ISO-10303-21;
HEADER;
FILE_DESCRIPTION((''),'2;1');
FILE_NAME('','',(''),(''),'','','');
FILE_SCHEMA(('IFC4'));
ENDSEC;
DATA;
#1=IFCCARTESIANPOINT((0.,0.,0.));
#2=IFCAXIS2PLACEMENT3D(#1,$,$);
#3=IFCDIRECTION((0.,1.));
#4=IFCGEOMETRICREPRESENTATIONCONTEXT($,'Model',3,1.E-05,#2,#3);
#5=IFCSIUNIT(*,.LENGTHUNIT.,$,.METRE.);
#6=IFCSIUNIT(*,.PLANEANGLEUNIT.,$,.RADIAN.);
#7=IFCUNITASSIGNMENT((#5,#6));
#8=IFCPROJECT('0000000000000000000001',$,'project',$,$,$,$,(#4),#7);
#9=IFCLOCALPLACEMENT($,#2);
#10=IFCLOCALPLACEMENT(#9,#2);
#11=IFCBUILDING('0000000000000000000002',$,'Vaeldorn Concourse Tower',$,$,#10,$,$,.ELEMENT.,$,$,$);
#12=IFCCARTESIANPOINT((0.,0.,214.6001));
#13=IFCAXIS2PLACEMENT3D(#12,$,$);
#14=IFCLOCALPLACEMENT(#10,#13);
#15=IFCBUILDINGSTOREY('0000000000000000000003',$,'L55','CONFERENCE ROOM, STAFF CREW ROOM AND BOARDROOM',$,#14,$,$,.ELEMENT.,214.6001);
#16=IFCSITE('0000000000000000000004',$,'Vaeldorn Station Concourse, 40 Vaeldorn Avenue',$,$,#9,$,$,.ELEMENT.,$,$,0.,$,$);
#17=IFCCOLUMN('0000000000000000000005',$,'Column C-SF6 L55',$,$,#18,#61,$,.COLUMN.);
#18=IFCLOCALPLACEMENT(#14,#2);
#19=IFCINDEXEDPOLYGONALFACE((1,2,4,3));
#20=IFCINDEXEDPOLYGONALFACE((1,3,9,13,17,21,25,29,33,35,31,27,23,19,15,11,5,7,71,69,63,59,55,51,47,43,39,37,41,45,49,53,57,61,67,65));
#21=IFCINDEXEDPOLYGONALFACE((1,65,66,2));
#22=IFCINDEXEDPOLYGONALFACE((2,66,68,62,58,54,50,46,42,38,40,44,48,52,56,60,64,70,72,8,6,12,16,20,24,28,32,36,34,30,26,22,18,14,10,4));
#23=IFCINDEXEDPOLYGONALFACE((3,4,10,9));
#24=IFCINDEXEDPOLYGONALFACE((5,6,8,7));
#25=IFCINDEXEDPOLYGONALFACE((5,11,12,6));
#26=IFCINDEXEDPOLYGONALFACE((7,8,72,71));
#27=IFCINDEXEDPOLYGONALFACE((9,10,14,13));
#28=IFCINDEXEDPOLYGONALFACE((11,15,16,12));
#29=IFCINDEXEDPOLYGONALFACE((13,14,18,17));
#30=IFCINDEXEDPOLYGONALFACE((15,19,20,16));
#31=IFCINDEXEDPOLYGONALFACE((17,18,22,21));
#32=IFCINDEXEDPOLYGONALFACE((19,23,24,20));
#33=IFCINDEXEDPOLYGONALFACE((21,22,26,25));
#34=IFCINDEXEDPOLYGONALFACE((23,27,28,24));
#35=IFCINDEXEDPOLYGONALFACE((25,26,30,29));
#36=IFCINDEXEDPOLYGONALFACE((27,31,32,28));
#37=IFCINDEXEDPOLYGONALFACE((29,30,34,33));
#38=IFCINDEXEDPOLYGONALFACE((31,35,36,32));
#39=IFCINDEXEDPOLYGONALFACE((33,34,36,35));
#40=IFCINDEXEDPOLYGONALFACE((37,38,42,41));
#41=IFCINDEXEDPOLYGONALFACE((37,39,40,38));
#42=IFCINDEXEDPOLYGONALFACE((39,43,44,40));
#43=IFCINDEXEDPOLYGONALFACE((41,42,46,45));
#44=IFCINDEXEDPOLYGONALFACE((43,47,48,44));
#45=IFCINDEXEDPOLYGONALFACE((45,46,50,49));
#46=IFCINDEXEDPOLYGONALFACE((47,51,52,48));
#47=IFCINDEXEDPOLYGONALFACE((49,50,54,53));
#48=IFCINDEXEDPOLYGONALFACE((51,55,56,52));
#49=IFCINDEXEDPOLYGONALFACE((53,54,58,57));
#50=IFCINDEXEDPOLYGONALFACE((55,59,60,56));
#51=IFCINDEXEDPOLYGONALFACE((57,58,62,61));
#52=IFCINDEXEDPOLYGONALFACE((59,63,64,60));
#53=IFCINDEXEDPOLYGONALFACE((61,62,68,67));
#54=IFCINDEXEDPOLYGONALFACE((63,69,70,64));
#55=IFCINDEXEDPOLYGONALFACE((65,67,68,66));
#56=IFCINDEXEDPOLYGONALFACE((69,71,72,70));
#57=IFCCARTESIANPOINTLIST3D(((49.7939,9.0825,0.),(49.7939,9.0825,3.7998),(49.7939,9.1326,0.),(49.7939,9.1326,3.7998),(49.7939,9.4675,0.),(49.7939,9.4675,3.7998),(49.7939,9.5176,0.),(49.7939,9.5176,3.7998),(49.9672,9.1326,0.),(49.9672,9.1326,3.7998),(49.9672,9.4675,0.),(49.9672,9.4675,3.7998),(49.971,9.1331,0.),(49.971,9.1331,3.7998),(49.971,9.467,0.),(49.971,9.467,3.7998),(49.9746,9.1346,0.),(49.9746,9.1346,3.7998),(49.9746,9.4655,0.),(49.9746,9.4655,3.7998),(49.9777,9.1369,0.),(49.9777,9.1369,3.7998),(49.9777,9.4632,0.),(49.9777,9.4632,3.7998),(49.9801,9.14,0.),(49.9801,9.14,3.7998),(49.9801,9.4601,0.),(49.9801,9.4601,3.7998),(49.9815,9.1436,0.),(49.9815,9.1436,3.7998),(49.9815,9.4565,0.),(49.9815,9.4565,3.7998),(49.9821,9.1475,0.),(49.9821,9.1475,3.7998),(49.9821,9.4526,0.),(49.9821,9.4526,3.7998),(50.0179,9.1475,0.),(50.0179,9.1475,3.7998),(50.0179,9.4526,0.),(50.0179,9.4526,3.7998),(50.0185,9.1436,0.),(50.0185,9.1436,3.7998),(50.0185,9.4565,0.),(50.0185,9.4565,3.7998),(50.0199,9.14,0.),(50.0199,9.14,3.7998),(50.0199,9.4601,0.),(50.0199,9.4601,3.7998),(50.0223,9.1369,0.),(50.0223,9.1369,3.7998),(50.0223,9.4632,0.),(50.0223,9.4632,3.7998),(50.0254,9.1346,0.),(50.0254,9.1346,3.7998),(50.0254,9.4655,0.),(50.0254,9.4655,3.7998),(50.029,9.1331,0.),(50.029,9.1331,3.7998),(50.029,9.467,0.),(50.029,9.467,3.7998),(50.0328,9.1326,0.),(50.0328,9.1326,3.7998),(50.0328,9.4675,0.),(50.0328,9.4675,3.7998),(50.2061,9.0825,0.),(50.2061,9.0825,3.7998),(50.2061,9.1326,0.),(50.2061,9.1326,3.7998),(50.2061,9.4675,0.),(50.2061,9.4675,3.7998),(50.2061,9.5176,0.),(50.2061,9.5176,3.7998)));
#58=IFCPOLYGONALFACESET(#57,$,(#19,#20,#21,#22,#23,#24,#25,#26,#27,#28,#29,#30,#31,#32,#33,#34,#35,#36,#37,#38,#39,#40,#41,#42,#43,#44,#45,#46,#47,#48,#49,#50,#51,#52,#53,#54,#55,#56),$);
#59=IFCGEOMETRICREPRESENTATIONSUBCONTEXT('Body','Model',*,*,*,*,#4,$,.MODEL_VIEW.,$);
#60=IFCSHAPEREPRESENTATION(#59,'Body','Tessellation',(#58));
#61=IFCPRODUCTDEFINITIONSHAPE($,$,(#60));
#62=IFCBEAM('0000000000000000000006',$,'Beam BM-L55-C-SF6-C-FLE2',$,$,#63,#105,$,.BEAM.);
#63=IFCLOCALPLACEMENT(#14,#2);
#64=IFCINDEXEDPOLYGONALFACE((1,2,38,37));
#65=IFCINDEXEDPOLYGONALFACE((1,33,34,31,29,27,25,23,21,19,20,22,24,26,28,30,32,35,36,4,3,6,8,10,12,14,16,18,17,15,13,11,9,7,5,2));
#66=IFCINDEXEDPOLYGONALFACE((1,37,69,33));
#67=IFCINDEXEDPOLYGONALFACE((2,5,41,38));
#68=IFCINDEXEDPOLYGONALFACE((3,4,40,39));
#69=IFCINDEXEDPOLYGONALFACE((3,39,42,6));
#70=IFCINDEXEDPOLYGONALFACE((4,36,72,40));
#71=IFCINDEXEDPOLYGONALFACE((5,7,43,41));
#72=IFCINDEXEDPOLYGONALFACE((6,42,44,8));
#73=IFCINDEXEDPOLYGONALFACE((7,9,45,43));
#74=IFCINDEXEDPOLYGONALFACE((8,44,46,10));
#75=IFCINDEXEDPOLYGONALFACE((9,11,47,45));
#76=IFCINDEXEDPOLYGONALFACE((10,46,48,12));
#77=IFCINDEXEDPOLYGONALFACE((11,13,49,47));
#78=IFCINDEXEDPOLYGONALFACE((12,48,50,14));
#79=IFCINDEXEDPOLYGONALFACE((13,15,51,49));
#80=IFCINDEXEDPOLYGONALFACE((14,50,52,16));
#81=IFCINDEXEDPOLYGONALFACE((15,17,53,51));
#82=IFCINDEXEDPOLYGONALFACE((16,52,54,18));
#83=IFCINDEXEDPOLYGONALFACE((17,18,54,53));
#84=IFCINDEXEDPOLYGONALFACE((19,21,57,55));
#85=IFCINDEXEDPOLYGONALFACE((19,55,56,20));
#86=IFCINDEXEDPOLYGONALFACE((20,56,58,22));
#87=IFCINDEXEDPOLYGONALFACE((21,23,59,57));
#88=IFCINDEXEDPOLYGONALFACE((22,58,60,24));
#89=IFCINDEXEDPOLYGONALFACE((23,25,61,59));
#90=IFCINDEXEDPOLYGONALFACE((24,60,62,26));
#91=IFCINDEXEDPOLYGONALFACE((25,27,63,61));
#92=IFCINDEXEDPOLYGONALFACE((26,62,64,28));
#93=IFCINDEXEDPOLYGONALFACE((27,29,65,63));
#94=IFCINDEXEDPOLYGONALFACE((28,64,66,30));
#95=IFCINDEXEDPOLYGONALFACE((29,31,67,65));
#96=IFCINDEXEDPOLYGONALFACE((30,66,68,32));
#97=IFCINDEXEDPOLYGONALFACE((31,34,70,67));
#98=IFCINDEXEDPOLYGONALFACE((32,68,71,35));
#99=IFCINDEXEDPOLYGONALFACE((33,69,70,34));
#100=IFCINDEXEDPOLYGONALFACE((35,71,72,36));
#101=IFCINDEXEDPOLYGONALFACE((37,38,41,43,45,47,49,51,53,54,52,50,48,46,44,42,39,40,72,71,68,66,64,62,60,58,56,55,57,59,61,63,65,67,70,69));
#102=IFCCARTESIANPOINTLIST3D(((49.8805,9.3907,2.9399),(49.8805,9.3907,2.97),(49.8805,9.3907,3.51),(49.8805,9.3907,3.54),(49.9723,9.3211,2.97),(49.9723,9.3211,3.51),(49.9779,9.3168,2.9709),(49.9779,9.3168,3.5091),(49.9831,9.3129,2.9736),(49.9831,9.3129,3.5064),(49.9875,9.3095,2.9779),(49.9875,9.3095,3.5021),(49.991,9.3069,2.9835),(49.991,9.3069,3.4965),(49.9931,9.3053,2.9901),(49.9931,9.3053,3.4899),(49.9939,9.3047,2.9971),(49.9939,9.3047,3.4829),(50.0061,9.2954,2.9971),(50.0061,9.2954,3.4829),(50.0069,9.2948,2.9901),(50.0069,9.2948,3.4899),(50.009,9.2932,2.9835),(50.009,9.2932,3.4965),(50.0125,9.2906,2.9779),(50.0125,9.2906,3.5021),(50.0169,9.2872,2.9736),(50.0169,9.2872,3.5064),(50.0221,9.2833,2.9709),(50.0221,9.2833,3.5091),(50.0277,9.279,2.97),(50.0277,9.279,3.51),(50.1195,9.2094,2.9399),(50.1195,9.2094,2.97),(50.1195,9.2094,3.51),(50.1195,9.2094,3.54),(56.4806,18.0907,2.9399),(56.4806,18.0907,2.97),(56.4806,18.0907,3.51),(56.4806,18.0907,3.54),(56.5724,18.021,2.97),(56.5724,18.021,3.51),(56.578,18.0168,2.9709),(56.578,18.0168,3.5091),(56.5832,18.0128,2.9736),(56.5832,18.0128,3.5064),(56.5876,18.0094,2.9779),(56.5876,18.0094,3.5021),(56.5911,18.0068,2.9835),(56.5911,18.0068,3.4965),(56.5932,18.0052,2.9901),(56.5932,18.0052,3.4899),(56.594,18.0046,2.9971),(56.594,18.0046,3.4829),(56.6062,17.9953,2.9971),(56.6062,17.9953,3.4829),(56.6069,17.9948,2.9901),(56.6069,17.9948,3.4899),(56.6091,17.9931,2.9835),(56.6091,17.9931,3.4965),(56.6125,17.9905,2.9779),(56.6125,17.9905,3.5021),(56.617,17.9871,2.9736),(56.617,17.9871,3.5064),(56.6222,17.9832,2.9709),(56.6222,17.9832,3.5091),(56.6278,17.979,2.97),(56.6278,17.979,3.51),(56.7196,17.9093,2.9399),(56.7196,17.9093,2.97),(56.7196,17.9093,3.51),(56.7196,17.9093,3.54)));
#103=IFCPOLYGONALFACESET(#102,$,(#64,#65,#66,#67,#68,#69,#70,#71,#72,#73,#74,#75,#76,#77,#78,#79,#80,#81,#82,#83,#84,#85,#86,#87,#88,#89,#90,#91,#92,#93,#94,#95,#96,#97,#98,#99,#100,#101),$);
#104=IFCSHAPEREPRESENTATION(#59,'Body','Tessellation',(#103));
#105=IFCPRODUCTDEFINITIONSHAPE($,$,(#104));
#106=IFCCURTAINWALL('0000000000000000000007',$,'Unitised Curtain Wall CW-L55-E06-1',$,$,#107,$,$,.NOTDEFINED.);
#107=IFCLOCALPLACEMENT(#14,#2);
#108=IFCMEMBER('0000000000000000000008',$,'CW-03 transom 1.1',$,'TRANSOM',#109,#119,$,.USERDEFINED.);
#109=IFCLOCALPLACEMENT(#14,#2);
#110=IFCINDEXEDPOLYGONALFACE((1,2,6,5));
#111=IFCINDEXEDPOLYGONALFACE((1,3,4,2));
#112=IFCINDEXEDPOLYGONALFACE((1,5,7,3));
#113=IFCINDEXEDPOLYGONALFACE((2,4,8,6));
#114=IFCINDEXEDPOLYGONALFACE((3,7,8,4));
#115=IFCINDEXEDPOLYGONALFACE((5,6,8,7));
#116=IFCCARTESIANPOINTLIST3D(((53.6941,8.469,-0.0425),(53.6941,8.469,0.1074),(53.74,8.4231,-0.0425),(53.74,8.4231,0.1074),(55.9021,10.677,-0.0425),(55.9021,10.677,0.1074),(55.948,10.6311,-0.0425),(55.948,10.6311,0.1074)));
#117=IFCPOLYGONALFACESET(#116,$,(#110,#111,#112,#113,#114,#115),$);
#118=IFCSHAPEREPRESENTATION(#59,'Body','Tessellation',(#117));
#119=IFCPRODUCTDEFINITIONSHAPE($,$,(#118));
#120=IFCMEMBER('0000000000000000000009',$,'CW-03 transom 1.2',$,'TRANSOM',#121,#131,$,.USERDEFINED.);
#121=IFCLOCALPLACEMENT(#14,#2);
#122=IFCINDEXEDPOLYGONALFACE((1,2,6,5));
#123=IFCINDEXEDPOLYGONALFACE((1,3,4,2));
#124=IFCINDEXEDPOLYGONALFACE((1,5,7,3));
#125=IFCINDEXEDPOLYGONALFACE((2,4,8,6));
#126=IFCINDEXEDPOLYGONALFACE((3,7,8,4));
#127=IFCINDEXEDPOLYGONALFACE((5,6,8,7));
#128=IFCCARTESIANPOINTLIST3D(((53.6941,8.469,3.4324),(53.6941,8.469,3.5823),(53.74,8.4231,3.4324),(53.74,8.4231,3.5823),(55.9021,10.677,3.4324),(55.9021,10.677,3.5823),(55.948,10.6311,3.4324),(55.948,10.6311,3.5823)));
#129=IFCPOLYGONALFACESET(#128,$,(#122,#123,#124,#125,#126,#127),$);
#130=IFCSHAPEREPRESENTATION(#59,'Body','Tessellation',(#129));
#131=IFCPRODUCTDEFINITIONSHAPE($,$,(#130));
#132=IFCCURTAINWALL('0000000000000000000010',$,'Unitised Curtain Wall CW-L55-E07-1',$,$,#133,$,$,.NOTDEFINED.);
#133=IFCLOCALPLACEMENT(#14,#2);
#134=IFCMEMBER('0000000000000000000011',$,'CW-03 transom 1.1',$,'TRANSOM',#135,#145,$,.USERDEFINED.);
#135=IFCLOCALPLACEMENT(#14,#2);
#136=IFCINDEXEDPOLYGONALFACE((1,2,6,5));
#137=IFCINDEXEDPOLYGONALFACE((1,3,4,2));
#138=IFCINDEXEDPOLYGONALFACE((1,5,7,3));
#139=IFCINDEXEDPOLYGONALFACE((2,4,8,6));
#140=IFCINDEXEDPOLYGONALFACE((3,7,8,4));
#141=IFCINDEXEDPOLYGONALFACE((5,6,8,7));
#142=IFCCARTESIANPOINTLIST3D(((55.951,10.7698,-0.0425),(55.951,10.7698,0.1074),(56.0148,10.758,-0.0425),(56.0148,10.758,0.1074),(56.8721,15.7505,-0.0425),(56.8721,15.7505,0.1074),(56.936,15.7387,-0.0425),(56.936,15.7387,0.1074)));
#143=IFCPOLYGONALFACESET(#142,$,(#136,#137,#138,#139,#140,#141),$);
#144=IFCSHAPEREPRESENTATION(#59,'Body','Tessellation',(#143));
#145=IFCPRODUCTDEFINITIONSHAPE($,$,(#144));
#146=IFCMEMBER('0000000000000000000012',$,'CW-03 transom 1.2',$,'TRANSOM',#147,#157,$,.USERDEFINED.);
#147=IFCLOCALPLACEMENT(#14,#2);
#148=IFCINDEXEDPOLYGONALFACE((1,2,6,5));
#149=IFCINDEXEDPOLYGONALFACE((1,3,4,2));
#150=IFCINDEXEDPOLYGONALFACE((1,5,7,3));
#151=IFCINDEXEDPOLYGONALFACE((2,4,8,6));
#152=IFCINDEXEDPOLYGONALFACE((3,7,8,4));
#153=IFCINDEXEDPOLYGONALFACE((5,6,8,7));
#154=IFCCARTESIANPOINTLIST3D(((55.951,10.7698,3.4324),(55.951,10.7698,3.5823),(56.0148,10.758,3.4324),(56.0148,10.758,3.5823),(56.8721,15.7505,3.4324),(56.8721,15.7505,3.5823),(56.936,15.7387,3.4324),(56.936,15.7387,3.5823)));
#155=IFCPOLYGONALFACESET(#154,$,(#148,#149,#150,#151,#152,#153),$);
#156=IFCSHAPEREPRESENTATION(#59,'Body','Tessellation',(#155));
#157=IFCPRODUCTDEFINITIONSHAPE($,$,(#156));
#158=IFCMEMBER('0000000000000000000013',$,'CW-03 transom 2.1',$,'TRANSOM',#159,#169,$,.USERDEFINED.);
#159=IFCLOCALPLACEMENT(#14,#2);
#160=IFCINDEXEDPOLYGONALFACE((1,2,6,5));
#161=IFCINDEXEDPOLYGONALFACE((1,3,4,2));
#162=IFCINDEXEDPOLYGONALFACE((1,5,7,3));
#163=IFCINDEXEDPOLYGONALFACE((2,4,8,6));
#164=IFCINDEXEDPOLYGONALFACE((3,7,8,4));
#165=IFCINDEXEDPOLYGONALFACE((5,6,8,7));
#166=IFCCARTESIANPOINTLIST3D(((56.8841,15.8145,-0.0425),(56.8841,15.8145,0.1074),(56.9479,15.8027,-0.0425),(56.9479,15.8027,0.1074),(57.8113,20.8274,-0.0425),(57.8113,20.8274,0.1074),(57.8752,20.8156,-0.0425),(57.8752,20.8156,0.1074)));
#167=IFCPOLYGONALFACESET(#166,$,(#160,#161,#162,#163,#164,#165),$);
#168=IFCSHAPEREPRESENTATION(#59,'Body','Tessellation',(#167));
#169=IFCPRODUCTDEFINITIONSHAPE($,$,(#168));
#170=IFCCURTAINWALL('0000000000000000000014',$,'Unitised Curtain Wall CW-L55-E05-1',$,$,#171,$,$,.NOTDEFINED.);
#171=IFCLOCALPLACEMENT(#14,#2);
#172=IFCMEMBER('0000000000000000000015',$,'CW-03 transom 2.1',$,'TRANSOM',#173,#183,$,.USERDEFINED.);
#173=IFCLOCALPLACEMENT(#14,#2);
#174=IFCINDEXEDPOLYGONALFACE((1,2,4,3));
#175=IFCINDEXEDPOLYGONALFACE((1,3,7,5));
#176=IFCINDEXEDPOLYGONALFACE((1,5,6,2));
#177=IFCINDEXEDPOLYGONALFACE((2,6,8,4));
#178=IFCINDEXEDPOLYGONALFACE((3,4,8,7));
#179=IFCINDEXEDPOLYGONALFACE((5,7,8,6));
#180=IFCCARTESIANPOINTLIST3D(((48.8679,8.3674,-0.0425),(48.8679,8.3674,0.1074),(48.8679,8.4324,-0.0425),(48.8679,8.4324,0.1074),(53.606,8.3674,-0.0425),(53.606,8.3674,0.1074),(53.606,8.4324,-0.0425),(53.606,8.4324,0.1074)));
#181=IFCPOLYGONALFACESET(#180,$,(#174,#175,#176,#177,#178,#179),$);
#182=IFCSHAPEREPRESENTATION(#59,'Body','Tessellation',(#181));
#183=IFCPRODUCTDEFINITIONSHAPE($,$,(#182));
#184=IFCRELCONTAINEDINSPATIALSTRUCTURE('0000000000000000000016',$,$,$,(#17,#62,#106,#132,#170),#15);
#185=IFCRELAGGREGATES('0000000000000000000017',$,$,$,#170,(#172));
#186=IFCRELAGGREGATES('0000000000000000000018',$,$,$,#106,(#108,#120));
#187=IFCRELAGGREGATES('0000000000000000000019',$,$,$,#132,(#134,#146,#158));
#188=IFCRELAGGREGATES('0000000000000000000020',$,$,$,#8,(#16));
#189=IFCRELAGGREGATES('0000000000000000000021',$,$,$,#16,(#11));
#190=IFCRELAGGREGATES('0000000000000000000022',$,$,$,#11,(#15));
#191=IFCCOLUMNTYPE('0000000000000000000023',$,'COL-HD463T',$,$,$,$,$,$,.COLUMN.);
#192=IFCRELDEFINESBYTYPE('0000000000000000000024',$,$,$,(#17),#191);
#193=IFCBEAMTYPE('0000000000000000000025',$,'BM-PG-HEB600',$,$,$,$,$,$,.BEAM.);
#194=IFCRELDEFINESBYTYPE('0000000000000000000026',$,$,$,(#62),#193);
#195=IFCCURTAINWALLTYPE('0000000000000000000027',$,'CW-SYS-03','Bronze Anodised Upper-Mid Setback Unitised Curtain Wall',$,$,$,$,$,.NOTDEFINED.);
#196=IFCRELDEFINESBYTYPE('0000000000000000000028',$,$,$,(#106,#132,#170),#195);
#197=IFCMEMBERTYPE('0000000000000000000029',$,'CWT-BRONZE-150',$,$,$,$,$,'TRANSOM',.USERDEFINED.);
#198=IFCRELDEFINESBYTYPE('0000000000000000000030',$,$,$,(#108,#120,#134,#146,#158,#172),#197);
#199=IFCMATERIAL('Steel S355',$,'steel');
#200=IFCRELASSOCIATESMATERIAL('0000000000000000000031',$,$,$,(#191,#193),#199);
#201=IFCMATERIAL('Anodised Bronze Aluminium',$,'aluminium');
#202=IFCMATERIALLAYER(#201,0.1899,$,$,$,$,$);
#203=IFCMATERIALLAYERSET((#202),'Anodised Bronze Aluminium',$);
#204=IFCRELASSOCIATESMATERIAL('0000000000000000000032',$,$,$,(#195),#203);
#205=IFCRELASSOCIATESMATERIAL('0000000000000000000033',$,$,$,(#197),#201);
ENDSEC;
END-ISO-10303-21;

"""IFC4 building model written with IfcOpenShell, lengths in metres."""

from ifc_helpers import new_model, si_unit, direction, frame, origin, origin_2d, place, context, subcontext, project, spatial, rectangle, i_section, extrude, source, transform, mapped, material, layer, layer_set, material_profile, profile_set, type_object, element, aggregate, save


model = new_model("IFC4")

# Units and contexts
model_context = context("Model", 3, precision=1e-05, world=origin(), true_north=direction((0.0, 1.0)))
body_context = subcontext(model_context, "Body", "Model", "MODEL_VIEW")
ifc_project = project(units=[si_unit("LENGTHUNIT", "METRE"), si_unit("PLANEANGLEUNIT", "RADIAN")], contexts=[model_context])

# Site, building, storey
site_placement = place(None, origin())
site = spatial("IfcSite", under=ifc_project, at=site_placement, Name="Vaeldorn Station Concourse, 40 Vaeldorn Avenue", CompositionType="ELEMENT", RefElevation=0.0)
building_placement = place(site_placement, origin())
building = spatial("IfcBuilding", under=site, at=building_placement, Name="Vaeldorn Concourse Tower", CompositionType="ELEMENT")
storey_placement = place(building_placement, frame((0.0, 0.0, 214.6001)))
storey = spatial("IfcBuildingStorey", under=building, at=storey_placement, Name="L55", Description="CONFERENCE ROOM, STAFF CREW ROOM AND BOARDROOM", CompositionType="ELEMENT", Elevation=214.6001)

# Column
ifc_material_1 = material(Name="Steel S355", Category="steel")
ifc_material_profile_1 = material_profile(ifc_material_1, i_section(OverallWidth=0.4121, OverallDepth=0.4351, WebThickness=0.0359, FlangeThickness=0.05, FilletRadius=0.0149, at=origin_2d()), Name="HD 400x463")
ifc_profile_set_1 = profile_set([ifc_material_profile_1], Name="Steel S355")
column_type = type_object("IfcColumnType", Name="COL-HD463T", PredefinedType="COLUMN", material=ifc_profile_set_1)
shared_shape_1 = source(origin(), body_context, "Body", "SweptSolid", [
    extrude(i_section(OverallWidth=0.4121, OverallDepth=0.4351, WebThickness=0.0359, FlangeThickness=0.05, FilletRadius=0.0149, at=origin_2d()), origin(), (0.0, 0.0, 1.0), 3.7998),
])
column_placement = place(storey_placement, frame((50.0, 9.3, 0.0), z_axis=(0.0, 0.0, 1.0), x_axis=(1.0, 0.0, 0.0)))
element("IfcColumn", 1, at=column_placement, inside=storey, type_object=column_type, Name="Column C-SF6 L55", PredefinedType="COLUMN", context=body_context, shape_type="MappedRepresentation", body=[
    mapped(shared_shape_1, transform((0.0, 0.0, 0.0), scale=1.0)),
])

# Beam
ifc_material_profile_2 = material_profile(ifc_material_1, i_section(OverallWidth=0.3, OverallDepth=0.6001, WebThickness=0.0154, FlangeThickness=0.03, FilletRadius=0.0271, at=origin_2d()), Name="HEB 600")
ifc_profile_set_2 = profile_set([ifc_material_profile_2], Name="Steel S355")
beam_type = type_object("IfcBeamType", Name="BM-PG-HEB600", PredefinedType="BEAM", material=ifc_profile_set_2)
shared_shape_2 = source(origin(), body_context, "Body", "SweptSolid", [
    extrude(i_section(OverallWidth=0.3, OverallDepth=0.6001, WebThickness=0.0154, FlangeThickness=0.03, FilletRadius=0.0271, at=origin_2d()), origin(), (0.0, 0.0, 1.0), 10.9202),
])
beam_placement = place(storey_placement, frame((50.0, 9.3, 3.24), z_axis=(0.604394, 0.796685, 0.0), x_axis=(-0.796685, 0.604394, 0.0)))
element("IfcBeam", 2, at=beam_placement, inside=storey, type_object=beam_type, Name="Beam BM-L55-C-SF6-C-FLE2", PredefinedType="BEAM", context=body_context, shape_type="MappedRepresentation", body=[
    mapped(shared_shape_2, transform((0.0, 0.0, 0.0), scale=1.0)),
])

# Curtain walls, members
ifc_material_2 = material(Name="Anodised Bronze Aluminium", Category="aluminium")
ifc_layer_1 = layer(ifc_material_2, 0.1899)
ifc_layer_set_1 = layer_set([ifc_layer_1], Name="Anodised Bronze Aluminium")
curtain_wall_type = type_object("IfcCurtainWallType", Name="CW-SYS-03", Description="Bronze Anodised Upper-Mid Setback Unitised Curtain Wall", PredefinedType="NOTDEFINED", material=ifc_layer_set_1)
curtain_wall_1_placement = place(storey_placement, origin())
curtain_wall_1 = element("IfcCurtainWall", 3, at=curtain_wall_1_placement, inside=storey, type_object=curtain_wall_type, Name="Unitised Curtain Wall CW-L55-E06-1", PredefinedType="NOTDEFINED")
ifc_material_profile_3 = material_profile(ifc_material_2, rectangle(XDim=0.0649, YDim=0.1499, at=origin_2d()), Name="CWT 65x150")
ifc_profile_set_3 = profile_set([ifc_material_profile_3], Name="Anodised Bronze Aluminium")
member_type_1 = type_object("IfcMemberType", Name="CWT-BRONZE-150", ElementType="TRANSOM", PredefinedType="USERDEFINED", material=ifc_profile_set_3)
shared_shape_3 = source(origin(), body_context, "Body", "SweptSolid", [
    extrude(rectangle(XDim=0.0649, YDim=0.1499, at=origin_2d()), origin(), (0.0, 0.0, 1.0), 3.1226),
])
member_1_placement = place(storey_placement, frame((53.717, 8.446, 0.0325), z_axis=(0.707107, 0.707107, 0.0), x_axis=(-0.707107, 0.707107, 0.0)))
member_1 = element("IfcMember", 4, at=member_1_placement, type_object=member_type_1, Name="CW-03 transom 1.1", ObjectType="TRANSOM", PredefinedType="USERDEFINED", context=body_context, shape_type="MappedRepresentation", body=[
    mapped(shared_shape_3, transform((0.0, 0.0, 0.0), scale=1.0)),
])
member_2_placement = place(storey_placement, frame((53.717, 8.446, 3.5073), z_axis=(0.707107, 0.707107, 0.0), x_axis=(-0.707107, 0.707107, 0.0)))
member_2 = element("IfcMember", 5, at=member_2_placement, type_object=member_type_1, Name="CW-03 transom 1.2", ObjectType="TRANSOM", PredefinedType="USERDEFINED", context=body_context, shape_type="MappedRepresentation", body=[
    mapped(shared_shape_3, transform((0.0, 0.0, 0.0), scale=1.0)),
])
curtain_wall_2_placement = place(storey_placement, origin())
curtain_wall_2 = element("IfcCurtainWall", 6, at=curtain_wall_2_placement, inside=storey, type_object=curtain_wall_type, Name="Unitised Curtain Wall CW-L55-E07-1", PredefinedType="NOTDEFINED")
shared_shape_4 = source(origin(), body_context, "Body", "SweptSolid", [
    extrude(rectangle(XDim=0.0649, YDim=0.1499, at=origin_2d()), origin(), (0.0, 0.0, 1.0), 5.0652),
])
member_3_placement = place(storey_placement, frame((55.9829, 10.7639, 0.0325), z_axis=(0.181858, 0.983325, 0.0), x_axis=(-0.983325, 0.181858, 0.0)))
member_3 = element("IfcMember", 7, at=member_3_placement, type_object=member_type_1, Name="CW-03 transom 1.1", ObjectType="TRANSOM", PredefinedType="USERDEFINED", context=body_context, shape_type="MappedRepresentation", body=[
    mapped(shared_shape_4, transform((0.0, 0.0, 0.0), scale=1.0)),
])
member_4_placement = place(storey_placement, frame((55.9829, 10.7639, 3.5073), z_axis=(0.181858, 0.983325, 0.0), x_axis=(-0.983325, 0.181858, 0.0)))
member_4 = element("IfcMember", 8, at=member_4_placement, type_object=member_type_1, Name="CW-03 transom 1.2", ObjectType="TRANSOM", PredefinedType="USERDEFINED", context=body_context, shape_type="MappedRepresentation", body=[
    mapped(shared_shape_4, transform((0.0, 0.0, 0.0), scale=1.0)),
])
shared_shape_5 = source(origin(), body_context, "Body", "SweptSolid", [
    extrude(rectangle(XDim=0.0649, YDim=0.1499, at=origin_2d()), origin(), (0.0, 0.0, 1.0), 5.0979),
])
member_5_placement = place(storey_placement, frame((56.916, 15.8086, 0.0325), z_axis=(0.181885, 0.98332, 0.0), x_axis=(-0.98332, 0.181885, 0.0)))
member_5 = element("IfcMember", 9, at=member_5_placement, type_object=member_type_1, Name="CW-03 transom 2.1", ObjectType="TRANSOM", PredefinedType="USERDEFINED", context=body_context, shape_type="MappedRepresentation", body=[
    mapped(shared_shape_5, transform((0.0, 0.0, 0.0), scale=1.0)),
])
curtain_wall_3_placement = place(storey_placement, origin())
curtain_wall_3 = element("IfcCurtainWall", 10, at=curtain_wall_3_placement, inside=storey, type_object=curtain_wall_type, Name="Unitised Curtain Wall CW-L55-E05-1", PredefinedType="NOTDEFINED")
shared_shape_6 = source(origin(), body_context, "Body", "SweptSolid", [
    extrude(rectangle(XDim=0.0649, YDim=0.1499, at=origin_2d()), origin(), (0.0, 0.0, 1.0), 4.738),
])
member_6_placement = place(storey_placement, frame((48.8679, 8.3999, 0.0325), z_axis=(1.0, 0.0, 0.0), x_axis=(0.0, 1.0, 0.0)))
member_6 = element("IfcMember", 11, at=member_6_placement, type_object=member_type_1, Name="CW-03 transom 2.1", ObjectType="TRANSOM", PredefinedType="USERDEFINED", context=body_context, shape_type="MappedRepresentation", body=[
    mapped(shared_shape_6, transform((0.0, 0.0, 0.0), scale=1.0)),
])

aggregate(curtain_wall_3, [member_6])
aggregate(curtain_wall_1, [member_1, member_2])
aggregate(curtain_wall_2, [member_3, member_4, member_5])

save(model, "model.ifc")
